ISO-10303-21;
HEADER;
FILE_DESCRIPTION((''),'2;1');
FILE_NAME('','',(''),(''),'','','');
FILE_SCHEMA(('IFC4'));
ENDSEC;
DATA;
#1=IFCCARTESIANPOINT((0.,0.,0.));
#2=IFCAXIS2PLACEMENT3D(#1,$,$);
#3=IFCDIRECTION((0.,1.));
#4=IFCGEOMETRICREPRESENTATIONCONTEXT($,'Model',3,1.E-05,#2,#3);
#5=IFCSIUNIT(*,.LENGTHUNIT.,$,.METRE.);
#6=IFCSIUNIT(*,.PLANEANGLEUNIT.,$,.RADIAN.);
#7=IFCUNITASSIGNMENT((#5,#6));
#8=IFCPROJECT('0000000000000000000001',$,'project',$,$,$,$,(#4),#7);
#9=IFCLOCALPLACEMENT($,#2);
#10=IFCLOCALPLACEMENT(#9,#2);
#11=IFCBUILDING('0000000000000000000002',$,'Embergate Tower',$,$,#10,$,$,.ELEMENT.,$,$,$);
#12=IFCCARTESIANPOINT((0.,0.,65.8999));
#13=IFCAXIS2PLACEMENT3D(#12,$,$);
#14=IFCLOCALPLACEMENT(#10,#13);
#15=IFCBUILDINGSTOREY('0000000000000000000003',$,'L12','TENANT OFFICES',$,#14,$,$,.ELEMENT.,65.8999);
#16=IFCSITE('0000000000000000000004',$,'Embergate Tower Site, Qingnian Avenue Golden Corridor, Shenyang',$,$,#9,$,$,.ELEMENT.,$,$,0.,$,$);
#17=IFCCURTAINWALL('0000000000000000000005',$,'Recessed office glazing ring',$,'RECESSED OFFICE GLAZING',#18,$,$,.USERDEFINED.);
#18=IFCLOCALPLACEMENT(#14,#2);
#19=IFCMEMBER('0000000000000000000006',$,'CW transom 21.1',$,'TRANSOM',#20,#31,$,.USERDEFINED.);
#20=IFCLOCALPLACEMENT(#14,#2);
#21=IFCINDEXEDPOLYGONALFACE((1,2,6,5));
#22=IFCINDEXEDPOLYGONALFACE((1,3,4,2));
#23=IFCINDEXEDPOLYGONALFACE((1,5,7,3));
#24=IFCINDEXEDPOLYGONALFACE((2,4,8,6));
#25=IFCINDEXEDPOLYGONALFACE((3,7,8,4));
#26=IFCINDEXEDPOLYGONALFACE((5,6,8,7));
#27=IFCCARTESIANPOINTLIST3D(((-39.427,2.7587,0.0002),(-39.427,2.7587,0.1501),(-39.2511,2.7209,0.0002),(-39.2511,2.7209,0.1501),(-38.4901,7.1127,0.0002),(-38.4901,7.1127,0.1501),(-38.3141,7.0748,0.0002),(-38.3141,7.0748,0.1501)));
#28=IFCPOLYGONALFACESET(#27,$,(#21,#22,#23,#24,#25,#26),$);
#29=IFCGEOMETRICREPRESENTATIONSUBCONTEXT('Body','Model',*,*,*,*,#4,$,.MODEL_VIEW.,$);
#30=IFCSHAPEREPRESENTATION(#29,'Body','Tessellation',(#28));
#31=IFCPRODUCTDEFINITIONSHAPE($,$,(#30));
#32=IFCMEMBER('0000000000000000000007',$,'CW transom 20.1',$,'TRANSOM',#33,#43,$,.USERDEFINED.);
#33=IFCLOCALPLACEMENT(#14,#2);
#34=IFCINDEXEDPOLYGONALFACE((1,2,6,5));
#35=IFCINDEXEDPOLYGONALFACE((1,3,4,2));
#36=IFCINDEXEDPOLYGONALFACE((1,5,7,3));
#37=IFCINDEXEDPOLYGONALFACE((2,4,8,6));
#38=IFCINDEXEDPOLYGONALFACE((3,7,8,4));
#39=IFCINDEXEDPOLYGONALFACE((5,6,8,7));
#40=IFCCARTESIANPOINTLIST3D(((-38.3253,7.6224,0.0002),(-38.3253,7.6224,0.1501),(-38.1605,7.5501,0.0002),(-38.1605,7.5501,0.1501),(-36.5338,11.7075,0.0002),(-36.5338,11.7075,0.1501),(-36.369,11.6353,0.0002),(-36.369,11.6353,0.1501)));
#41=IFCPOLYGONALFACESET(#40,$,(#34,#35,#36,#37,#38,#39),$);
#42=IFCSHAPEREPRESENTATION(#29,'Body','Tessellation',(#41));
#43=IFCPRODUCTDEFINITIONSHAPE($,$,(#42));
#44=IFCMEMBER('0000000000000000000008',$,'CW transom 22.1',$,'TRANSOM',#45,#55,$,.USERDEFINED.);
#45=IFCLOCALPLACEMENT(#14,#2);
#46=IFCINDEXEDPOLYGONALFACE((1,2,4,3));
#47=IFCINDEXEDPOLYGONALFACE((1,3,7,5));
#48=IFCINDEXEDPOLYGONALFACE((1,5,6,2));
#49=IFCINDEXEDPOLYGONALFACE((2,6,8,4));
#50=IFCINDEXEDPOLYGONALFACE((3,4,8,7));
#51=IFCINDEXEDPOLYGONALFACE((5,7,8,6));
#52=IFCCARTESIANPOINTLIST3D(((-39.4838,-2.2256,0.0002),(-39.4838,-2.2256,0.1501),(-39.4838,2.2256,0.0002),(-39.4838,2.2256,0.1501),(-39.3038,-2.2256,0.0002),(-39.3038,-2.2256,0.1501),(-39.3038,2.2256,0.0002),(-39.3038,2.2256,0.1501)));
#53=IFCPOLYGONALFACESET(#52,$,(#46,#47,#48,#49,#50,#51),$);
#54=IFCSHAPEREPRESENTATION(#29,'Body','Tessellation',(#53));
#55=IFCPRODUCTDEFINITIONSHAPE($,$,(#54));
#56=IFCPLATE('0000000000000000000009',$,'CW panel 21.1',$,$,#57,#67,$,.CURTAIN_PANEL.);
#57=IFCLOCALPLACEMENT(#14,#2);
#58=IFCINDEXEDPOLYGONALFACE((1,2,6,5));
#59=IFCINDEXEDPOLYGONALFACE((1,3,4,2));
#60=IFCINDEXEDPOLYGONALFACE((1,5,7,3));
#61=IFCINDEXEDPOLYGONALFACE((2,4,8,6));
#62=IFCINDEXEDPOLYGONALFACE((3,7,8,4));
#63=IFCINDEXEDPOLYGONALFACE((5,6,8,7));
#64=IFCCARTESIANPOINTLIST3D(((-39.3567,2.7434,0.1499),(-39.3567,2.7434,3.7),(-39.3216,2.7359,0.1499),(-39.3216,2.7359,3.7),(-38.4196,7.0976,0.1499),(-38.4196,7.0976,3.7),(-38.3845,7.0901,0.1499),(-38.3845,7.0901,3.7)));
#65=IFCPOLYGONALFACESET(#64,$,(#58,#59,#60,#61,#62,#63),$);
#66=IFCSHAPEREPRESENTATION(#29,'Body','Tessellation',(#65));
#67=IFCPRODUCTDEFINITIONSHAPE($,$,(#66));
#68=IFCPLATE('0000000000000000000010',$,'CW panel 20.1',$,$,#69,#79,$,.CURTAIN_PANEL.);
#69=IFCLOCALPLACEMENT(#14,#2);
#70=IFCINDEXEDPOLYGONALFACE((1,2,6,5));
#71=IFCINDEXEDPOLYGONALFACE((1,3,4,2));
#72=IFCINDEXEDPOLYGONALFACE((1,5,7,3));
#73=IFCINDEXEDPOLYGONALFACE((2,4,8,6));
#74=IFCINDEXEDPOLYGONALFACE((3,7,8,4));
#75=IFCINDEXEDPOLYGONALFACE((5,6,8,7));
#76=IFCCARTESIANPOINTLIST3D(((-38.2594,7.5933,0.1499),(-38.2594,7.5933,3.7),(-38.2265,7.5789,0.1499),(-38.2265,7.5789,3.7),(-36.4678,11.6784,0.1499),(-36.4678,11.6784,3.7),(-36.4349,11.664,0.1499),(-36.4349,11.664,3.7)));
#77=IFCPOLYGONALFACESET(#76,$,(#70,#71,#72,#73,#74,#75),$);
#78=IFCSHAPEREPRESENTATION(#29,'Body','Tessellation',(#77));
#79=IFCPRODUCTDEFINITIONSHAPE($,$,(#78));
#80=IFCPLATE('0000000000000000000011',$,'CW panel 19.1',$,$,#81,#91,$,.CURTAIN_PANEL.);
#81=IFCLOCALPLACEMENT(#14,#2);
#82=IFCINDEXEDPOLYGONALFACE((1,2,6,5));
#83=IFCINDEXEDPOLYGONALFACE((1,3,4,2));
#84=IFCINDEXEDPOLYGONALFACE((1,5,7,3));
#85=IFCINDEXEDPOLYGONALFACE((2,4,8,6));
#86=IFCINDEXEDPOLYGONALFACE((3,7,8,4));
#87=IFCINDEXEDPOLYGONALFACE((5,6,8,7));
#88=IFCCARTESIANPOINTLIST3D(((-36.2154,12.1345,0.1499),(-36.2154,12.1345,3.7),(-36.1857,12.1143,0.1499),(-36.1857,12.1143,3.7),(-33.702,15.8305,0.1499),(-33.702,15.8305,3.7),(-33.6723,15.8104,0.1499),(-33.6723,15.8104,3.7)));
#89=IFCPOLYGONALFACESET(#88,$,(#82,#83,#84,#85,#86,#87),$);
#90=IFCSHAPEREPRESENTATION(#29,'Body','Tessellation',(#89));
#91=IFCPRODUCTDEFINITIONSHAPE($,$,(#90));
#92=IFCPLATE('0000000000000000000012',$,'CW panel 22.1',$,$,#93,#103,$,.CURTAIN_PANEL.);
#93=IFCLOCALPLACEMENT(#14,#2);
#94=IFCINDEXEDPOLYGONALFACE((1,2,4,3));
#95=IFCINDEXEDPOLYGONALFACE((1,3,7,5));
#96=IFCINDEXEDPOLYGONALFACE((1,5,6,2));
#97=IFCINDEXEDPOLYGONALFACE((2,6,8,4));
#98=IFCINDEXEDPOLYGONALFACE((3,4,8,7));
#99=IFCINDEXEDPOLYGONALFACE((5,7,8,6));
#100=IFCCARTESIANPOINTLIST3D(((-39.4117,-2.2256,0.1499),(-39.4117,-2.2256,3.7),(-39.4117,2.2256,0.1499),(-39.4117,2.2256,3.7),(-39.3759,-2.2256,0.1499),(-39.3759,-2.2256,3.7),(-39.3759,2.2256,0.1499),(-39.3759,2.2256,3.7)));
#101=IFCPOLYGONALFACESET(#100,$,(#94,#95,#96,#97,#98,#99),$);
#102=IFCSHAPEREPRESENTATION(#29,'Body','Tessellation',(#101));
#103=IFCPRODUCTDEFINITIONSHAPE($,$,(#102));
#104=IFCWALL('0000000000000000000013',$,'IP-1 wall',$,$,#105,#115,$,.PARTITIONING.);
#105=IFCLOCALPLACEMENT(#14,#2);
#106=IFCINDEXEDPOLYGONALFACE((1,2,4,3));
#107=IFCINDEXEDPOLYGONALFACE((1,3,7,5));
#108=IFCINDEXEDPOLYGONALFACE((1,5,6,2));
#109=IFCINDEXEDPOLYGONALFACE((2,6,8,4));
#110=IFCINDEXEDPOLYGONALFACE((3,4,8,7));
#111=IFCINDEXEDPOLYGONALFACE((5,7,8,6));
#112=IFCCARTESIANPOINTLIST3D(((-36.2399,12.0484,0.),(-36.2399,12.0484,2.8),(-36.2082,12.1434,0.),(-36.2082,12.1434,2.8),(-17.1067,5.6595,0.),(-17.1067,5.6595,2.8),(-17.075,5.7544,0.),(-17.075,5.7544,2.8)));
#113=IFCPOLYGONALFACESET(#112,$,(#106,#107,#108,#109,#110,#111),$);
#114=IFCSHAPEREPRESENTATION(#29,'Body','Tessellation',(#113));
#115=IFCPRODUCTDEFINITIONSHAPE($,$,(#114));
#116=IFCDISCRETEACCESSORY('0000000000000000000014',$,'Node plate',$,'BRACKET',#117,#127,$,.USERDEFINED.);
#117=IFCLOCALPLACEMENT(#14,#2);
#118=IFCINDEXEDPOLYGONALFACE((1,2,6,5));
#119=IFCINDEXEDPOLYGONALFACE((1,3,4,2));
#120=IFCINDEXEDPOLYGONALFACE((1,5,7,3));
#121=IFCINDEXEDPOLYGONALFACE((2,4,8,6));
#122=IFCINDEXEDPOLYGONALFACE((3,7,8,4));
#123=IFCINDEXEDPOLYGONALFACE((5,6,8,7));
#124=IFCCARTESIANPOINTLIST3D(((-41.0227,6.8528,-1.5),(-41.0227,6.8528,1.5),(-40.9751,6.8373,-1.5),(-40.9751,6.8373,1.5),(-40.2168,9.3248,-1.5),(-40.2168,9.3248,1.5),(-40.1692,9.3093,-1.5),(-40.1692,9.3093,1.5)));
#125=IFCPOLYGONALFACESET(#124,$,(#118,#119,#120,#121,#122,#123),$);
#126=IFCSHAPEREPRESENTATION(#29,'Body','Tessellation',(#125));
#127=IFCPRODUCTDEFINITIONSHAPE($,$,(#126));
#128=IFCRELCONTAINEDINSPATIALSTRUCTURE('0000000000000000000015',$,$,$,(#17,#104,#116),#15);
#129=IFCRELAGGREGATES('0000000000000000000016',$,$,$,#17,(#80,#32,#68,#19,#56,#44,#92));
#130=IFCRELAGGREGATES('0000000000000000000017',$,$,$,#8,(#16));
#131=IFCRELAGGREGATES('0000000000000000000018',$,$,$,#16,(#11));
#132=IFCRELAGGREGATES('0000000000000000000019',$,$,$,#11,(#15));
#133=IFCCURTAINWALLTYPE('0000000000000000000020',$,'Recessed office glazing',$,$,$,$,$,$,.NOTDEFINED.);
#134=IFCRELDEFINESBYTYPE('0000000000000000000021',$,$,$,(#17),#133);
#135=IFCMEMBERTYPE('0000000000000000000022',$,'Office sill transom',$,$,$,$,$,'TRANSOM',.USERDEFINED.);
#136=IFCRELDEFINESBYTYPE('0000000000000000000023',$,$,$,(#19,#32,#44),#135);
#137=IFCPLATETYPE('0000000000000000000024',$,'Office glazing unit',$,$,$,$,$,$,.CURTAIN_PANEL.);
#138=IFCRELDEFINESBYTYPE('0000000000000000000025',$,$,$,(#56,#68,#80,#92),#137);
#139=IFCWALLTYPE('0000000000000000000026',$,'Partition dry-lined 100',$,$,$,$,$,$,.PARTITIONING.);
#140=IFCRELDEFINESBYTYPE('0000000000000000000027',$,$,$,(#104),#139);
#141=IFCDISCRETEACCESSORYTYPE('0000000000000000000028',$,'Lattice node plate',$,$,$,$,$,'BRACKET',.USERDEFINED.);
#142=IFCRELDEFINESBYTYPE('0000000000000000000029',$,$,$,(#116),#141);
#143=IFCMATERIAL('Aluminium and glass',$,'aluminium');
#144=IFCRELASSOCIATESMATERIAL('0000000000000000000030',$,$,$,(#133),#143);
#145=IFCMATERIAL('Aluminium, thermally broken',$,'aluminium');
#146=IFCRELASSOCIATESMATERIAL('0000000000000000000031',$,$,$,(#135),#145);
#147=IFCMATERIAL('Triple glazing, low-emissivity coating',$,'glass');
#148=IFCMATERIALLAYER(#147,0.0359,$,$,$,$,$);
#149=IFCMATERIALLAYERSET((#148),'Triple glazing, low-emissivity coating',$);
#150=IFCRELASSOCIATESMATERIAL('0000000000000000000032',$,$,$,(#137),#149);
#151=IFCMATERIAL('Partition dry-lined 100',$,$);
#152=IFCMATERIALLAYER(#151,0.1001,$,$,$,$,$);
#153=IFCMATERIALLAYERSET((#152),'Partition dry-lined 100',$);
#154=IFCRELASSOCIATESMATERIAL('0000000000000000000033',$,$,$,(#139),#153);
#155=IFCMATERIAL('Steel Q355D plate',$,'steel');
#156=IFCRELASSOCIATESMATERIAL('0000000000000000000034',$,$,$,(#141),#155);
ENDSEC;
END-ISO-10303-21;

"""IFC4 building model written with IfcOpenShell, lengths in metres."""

from ifc_helpers import new_model, si_unit, direction, frame, frame_2d, origin, origin_2d, place, context, subcontext, project, spatial, rectangle, extrude, source, transform, mapped, material, layer, layer_set, material_profile, profile_set, type_object, element, aggregate, save


model = new_model("IFC4")

# Units and contexts
model_context = context("Model", 3, precision=1e-05, world=origin(), true_north=direction((0.0, 1.0)))
body_context = subcontext(model_context, "Body", "Model", "MODEL_VIEW")
ifc_project = project(units=[si_unit("LENGTHUNIT", "METRE"), si_unit("PLANEANGLEUNIT", "RADIAN")], contexts=[model_context])

# Site, building, storey
site_placement = place(None, origin())
site = spatial("IfcSite", under=ifc_project, at=site_placement, Name="Embergate Tower Site, Qingnian Avenue Golden Corridor, Shenyang", CompositionType="ELEMENT", RefElevation=0.0)
building_placement = place(site_placement, origin())
building = spatial("IfcBuilding", under=site, at=building_placement, Name="Embergate Tower", CompositionType="ELEMENT")
storey_placement = place(building_placement, frame((0.0, 0.0, 65.8999)))
storey = spatial("IfcBuildingStorey", under=building, at=storey_placement, Name="L12", Description="TENANT OFFICES", CompositionType="ELEMENT", Elevation=65.8999)

# Curtain wall, members, plates
ifc_material_1 = material(Name="Aluminium and glass", Category="aluminium")
curtain_wall_type = type_object("IfcCurtainWallType", Name="Recessed office glazing", PredefinedType="NOTDEFINED", material=ifc_material_1)
curtain_wall_placement = place(storey_placement, origin())
curtain_wall = element("IfcCurtainWall", 1, at=curtain_wall_placement, inside=storey, type_object=curtain_wall_type, Name="Recessed office glazing ring", ObjectType="RECESSED OFFICE GLAZING", PredefinedType="USERDEFINED")
ifc_material_2 = material(Name="Aluminium, thermally broken", Category="aluminium")
ifc_material_profile_1 = material_profile(ifc_material_2, rectangle(XDim=0.1799, YDim=0.1499, at=origin_2d()), Name="AL 150x180")
ifc_profile_set_1 = profile_set([ifc_material_profile_1], Name="Aluminium, thermally broken")
member_type_1 = type_object("IfcMemberType", Name="Office sill transom", ElementType="TRANSOM", PredefinedType="USERDEFINED", material=ifc_profile_set_1)
shared_shape_1 = source(origin(), body_context, "Body", "SweptSolid", [
    extrude(rectangle(XDim=0.1799, YDim=0.1499, at=origin_2d()), origin(), (0.0, 0.0, 1.0), 4.4536),
])
member_1_placement = place(storey_placement, frame((-38.4021, 7.0938, 0.0752), z_axis=(-0.21039, -0.977618, 0.0), x_axis=(0.977618, -0.21039, 0.0)))
member_1 = element("IfcMember", 2, at=member_1_placement, type_object=member_type_1, Name="CW transom 21.1", ObjectType="TRANSOM", PredefinedType="USERDEFINED", context=body_context, shape_type="MappedRepresentation", body=[
    mapped(shared_shape_1, transform((0.0, 0.0, 0.0))),
])
shared_shape_2 = source(origin(), body_context, "Body", "SweptSolid", [
    extrude(rectangle(XDim=0.1799, YDim=0.1499, at=origin_2d()), origin(), (0.0, 0.0, 1.0), 4.4607),
])
member_2_placement = place(storey_placement, frame((-36.4514, 11.6714, 0.0752), z_axis=(-0.401614, -0.915809, 0.0), x_axis=(0.915809, -0.401614, 0.0)))
member_2 = element("IfcMember", 3, at=member_2_placement, type_object=member_type_1, Name="CW transom 20.1", ObjectType="TRANSOM", PredefinedType="USERDEFINED", context=body_context, shape_type="MappedRepresentation", body=[
    mapped(shared_shape_2, transform((0.0, 0.0, 0.0))),
])
shared_shape_3 = source(origin(), body_context, "Body", "SweptSolid", [
    extrude(rectangle(XDim=0.1799, YDim=0.1499, at=origin_2d()), origin(), (0.0, 0.0, 1.0), 4.4512),
])
member_3_placement = place(storey_placement, frame((-39.3938, 2.2256, 0.0752), z_axis=(0.0, -1.0, 0.0), x_axis=(1.0, 0.0, 0.0)))
member_3 = element("IfcMember", 4, at=member_3_placement, type_object=member_type_1, Name="CW transom 22.1", ObjectType="TRANSOM", PredefinedType="USERDEFINED", context=body_context, shape_type="MappedRepresentation", body=[
    mapped(shared_shape_3, transform((0.0, 0.0, 0.0))),
])
ifc_material_3 = material(Name="Triple glazing, low-emissivity coating", Category="glass")
ifc_layer_1 = layer(ifc_material_3, 0.0359)
ifc_layer_set_1 = layer_set([ifc_layer_1], Name="Triple glazing, low-emissivity coating")
plate_type = type_object("IfcPlateType", Name="Office glazing unit", PredefinedType="CURTAIN_PANEL", material=ifc_layer_set_1)
shared_shape_4 = source(origin(), body_context, "Body", "SweptSolid", [
    extrude(rectangle(XDim=4.4539, YDim=0.0359, at=origin_2d()), origin(), (0.0, 0.0, 1.0), 3.55),
])
plate_1_placement = place(storey_placement, frame((-38.8706, 4.9167, 0.1499), z_axis=(0.0, 0.0, 1.0), x_axis=(-0.210392, -0.977617, 0.0)))
plate_1 = element("IfcPlate", 5, at=plate_1_placement, type_object=plate_type, Name="CW panel 21.1", PredefinedType="CURTAIN_PANEL", context=body_context, shape_type="MappedRepresentation", body=[
    mapped(shared_shape_4, transform((0.0, 0.0, 0.0))),
])
shared_shape_5 = source(origin(), body_context, "Body", "SweptSolid", [
    extrude(rectangle(XDim=4.4607, YDim=0.0359, at=origin_2d()), origin(), (0.0, 0.0, 1.0), 3.55),
])
plate_2_placement = place(storey_placement, frame((-37.3472, 9.6287, 0.1499), z_axis=(0.0, 0.0, 1.0), x_axis=(-0.401644, -0.915796, 0.0)))
plate_2 = element("IfcPlate", 6, at=plate_2_placement, type_object=plate_type, Name="CW panel 20.1", PredefinedType="CURTAIN_PANEL", context=body_context, shape_type="MappedRepresentation", body=[
    mapped(shared_shape_5, transform((0.0, 0.0, 0.0))),
])
shared_shape_6 = source(origin(), body_context, "Body", "SweptSolid", [
    extrude(rectangle(XDim=4.4697, YDim=0.0359, at=origin_2d()), origin(), (0.0, 0.0, 1.0), 3.55),
])
plate_3_placement = place(storey_placement, frame((-34.9438, 13.9724, 0.1499), z_axis=(0.0, 0.0, 1.0), x_axis=(-0.562332, -0.826912, 0.0)))
plate_3 = element("IfcPlate", 7, at=plate_3_placement, type_object=plate_type, Name="CW panel 19.1", PredefinedType="CURTAIN_PANEL", context=body_context, shape_type="MappedRepresentation", body=[
    mapped(shared_shape_6, transform((0.0, 0.0, 0.0))),
])
shared_shape_7 = source(origin(), body_context, "Body", "SweptSolid", [
    extrude(rectangle(XDim=4.4512, YDim=0.0359, at=origin_2d()), origin(), (0.0, 0.0, 1.0), 3.55),
])
plate_4_placement = place(storey_placement, frame((-39.3938, 0.0, 0.1499), z_axis=(0.0, 0.0, 1.0), x_axis=(0.0, -1.0, 0.0)))
plate_4 = element("IfcPlate", 8, at=plate_4_placement, type_object=plate_type, Name="CW panel 22.1", PredefinedType="CURTAIN_PANEL", context=body_context, shape_type="MappedRepresentation", body=[
    mapped(shared_shape_7, transform((0.0, 0.0, 0.0))),
])
aggregate(curtain_wall, [plate_3, member_2, plate_2, member_1, plate_1, member_3, plate_4])

# Wall
ifc_material_4 = material(Name="Partition dry-lined 100")
ifc_layer_2 = layer(ifc_material_4, 0.1001)
ifc_layer_set_2 = layer_set([ifc_layer_2], Name="Partition dry-lined 100")
wall_type = type_object("IfcWallType", Name="Partition dry-lined 100", PredefinedType="PARTITIONING", material=ifc_layer_set_2)
shared_shape_8 = source(origin(), body_context, "Body", "SweptSolid", [
    extrude(rectangle(XDim=20.1716, YDim=0.1001, at=frame_2d((10.0859, 0.0))), origin(), (0.0, 0.0, 1.0), 2.8),
])
wall_placement = place(storey_placement, frame((-36.2241, 12.0959, 0.0), z_axis=(0.0, 0.0, 1.0), x_axis=(0.948516, -0.316729, 0.0)))
element("IfcWall", 9, at=wall_placement, inside=storey, type_object=wall_type, Name="IP-1 wall", PredefinedType="PARTITIONING", context=body_context, shape_type="MappedRepresentation", body=[
    mapped(shared_shape_8, transform((0.0, 0.0, 0.0))),
])

# Discrete accessory
ifc_material_5 = material(Name="Steel Q355D plate", Category="steel")
discrete_accessory_type = type_object("IfcDiscreteAccessoryType", Name="Lattice node plate", ElementType="BRACKET", PredefinedType="USERDEFINED", material=ifc_material_5)
shared_shape_9 = source(origin(), body_context, "Body", "SweptSolid", [
    extrude(rectangle(XDim=2.6001, YDim=0.05, at=origin_2d()), origin(), (0.0, 0.0, 1.0), 3.0),
])
discrete_accessory_placement = place(storey_placement, frame((-40.5959, 8.0811, -1.5), z_axis=(0.0, 0.0, 1.0), x_axis=(-0.309946, -0.950754, 0.0)))
element("IfcDiscreteAccessory", 10, at=discrete_accessory_placement, inside=storey, type_object=discrete_accessory_type, Name="Node plate", ObjectType="BRACKET", PredefinedType="USERDEFINED", context=body_context, shape_type="MappedRepresentation", body=[
    mapped(shared_shape_9, transform((0.0, 0.0, 0.0))),
])

save(model, "model.ifc")
